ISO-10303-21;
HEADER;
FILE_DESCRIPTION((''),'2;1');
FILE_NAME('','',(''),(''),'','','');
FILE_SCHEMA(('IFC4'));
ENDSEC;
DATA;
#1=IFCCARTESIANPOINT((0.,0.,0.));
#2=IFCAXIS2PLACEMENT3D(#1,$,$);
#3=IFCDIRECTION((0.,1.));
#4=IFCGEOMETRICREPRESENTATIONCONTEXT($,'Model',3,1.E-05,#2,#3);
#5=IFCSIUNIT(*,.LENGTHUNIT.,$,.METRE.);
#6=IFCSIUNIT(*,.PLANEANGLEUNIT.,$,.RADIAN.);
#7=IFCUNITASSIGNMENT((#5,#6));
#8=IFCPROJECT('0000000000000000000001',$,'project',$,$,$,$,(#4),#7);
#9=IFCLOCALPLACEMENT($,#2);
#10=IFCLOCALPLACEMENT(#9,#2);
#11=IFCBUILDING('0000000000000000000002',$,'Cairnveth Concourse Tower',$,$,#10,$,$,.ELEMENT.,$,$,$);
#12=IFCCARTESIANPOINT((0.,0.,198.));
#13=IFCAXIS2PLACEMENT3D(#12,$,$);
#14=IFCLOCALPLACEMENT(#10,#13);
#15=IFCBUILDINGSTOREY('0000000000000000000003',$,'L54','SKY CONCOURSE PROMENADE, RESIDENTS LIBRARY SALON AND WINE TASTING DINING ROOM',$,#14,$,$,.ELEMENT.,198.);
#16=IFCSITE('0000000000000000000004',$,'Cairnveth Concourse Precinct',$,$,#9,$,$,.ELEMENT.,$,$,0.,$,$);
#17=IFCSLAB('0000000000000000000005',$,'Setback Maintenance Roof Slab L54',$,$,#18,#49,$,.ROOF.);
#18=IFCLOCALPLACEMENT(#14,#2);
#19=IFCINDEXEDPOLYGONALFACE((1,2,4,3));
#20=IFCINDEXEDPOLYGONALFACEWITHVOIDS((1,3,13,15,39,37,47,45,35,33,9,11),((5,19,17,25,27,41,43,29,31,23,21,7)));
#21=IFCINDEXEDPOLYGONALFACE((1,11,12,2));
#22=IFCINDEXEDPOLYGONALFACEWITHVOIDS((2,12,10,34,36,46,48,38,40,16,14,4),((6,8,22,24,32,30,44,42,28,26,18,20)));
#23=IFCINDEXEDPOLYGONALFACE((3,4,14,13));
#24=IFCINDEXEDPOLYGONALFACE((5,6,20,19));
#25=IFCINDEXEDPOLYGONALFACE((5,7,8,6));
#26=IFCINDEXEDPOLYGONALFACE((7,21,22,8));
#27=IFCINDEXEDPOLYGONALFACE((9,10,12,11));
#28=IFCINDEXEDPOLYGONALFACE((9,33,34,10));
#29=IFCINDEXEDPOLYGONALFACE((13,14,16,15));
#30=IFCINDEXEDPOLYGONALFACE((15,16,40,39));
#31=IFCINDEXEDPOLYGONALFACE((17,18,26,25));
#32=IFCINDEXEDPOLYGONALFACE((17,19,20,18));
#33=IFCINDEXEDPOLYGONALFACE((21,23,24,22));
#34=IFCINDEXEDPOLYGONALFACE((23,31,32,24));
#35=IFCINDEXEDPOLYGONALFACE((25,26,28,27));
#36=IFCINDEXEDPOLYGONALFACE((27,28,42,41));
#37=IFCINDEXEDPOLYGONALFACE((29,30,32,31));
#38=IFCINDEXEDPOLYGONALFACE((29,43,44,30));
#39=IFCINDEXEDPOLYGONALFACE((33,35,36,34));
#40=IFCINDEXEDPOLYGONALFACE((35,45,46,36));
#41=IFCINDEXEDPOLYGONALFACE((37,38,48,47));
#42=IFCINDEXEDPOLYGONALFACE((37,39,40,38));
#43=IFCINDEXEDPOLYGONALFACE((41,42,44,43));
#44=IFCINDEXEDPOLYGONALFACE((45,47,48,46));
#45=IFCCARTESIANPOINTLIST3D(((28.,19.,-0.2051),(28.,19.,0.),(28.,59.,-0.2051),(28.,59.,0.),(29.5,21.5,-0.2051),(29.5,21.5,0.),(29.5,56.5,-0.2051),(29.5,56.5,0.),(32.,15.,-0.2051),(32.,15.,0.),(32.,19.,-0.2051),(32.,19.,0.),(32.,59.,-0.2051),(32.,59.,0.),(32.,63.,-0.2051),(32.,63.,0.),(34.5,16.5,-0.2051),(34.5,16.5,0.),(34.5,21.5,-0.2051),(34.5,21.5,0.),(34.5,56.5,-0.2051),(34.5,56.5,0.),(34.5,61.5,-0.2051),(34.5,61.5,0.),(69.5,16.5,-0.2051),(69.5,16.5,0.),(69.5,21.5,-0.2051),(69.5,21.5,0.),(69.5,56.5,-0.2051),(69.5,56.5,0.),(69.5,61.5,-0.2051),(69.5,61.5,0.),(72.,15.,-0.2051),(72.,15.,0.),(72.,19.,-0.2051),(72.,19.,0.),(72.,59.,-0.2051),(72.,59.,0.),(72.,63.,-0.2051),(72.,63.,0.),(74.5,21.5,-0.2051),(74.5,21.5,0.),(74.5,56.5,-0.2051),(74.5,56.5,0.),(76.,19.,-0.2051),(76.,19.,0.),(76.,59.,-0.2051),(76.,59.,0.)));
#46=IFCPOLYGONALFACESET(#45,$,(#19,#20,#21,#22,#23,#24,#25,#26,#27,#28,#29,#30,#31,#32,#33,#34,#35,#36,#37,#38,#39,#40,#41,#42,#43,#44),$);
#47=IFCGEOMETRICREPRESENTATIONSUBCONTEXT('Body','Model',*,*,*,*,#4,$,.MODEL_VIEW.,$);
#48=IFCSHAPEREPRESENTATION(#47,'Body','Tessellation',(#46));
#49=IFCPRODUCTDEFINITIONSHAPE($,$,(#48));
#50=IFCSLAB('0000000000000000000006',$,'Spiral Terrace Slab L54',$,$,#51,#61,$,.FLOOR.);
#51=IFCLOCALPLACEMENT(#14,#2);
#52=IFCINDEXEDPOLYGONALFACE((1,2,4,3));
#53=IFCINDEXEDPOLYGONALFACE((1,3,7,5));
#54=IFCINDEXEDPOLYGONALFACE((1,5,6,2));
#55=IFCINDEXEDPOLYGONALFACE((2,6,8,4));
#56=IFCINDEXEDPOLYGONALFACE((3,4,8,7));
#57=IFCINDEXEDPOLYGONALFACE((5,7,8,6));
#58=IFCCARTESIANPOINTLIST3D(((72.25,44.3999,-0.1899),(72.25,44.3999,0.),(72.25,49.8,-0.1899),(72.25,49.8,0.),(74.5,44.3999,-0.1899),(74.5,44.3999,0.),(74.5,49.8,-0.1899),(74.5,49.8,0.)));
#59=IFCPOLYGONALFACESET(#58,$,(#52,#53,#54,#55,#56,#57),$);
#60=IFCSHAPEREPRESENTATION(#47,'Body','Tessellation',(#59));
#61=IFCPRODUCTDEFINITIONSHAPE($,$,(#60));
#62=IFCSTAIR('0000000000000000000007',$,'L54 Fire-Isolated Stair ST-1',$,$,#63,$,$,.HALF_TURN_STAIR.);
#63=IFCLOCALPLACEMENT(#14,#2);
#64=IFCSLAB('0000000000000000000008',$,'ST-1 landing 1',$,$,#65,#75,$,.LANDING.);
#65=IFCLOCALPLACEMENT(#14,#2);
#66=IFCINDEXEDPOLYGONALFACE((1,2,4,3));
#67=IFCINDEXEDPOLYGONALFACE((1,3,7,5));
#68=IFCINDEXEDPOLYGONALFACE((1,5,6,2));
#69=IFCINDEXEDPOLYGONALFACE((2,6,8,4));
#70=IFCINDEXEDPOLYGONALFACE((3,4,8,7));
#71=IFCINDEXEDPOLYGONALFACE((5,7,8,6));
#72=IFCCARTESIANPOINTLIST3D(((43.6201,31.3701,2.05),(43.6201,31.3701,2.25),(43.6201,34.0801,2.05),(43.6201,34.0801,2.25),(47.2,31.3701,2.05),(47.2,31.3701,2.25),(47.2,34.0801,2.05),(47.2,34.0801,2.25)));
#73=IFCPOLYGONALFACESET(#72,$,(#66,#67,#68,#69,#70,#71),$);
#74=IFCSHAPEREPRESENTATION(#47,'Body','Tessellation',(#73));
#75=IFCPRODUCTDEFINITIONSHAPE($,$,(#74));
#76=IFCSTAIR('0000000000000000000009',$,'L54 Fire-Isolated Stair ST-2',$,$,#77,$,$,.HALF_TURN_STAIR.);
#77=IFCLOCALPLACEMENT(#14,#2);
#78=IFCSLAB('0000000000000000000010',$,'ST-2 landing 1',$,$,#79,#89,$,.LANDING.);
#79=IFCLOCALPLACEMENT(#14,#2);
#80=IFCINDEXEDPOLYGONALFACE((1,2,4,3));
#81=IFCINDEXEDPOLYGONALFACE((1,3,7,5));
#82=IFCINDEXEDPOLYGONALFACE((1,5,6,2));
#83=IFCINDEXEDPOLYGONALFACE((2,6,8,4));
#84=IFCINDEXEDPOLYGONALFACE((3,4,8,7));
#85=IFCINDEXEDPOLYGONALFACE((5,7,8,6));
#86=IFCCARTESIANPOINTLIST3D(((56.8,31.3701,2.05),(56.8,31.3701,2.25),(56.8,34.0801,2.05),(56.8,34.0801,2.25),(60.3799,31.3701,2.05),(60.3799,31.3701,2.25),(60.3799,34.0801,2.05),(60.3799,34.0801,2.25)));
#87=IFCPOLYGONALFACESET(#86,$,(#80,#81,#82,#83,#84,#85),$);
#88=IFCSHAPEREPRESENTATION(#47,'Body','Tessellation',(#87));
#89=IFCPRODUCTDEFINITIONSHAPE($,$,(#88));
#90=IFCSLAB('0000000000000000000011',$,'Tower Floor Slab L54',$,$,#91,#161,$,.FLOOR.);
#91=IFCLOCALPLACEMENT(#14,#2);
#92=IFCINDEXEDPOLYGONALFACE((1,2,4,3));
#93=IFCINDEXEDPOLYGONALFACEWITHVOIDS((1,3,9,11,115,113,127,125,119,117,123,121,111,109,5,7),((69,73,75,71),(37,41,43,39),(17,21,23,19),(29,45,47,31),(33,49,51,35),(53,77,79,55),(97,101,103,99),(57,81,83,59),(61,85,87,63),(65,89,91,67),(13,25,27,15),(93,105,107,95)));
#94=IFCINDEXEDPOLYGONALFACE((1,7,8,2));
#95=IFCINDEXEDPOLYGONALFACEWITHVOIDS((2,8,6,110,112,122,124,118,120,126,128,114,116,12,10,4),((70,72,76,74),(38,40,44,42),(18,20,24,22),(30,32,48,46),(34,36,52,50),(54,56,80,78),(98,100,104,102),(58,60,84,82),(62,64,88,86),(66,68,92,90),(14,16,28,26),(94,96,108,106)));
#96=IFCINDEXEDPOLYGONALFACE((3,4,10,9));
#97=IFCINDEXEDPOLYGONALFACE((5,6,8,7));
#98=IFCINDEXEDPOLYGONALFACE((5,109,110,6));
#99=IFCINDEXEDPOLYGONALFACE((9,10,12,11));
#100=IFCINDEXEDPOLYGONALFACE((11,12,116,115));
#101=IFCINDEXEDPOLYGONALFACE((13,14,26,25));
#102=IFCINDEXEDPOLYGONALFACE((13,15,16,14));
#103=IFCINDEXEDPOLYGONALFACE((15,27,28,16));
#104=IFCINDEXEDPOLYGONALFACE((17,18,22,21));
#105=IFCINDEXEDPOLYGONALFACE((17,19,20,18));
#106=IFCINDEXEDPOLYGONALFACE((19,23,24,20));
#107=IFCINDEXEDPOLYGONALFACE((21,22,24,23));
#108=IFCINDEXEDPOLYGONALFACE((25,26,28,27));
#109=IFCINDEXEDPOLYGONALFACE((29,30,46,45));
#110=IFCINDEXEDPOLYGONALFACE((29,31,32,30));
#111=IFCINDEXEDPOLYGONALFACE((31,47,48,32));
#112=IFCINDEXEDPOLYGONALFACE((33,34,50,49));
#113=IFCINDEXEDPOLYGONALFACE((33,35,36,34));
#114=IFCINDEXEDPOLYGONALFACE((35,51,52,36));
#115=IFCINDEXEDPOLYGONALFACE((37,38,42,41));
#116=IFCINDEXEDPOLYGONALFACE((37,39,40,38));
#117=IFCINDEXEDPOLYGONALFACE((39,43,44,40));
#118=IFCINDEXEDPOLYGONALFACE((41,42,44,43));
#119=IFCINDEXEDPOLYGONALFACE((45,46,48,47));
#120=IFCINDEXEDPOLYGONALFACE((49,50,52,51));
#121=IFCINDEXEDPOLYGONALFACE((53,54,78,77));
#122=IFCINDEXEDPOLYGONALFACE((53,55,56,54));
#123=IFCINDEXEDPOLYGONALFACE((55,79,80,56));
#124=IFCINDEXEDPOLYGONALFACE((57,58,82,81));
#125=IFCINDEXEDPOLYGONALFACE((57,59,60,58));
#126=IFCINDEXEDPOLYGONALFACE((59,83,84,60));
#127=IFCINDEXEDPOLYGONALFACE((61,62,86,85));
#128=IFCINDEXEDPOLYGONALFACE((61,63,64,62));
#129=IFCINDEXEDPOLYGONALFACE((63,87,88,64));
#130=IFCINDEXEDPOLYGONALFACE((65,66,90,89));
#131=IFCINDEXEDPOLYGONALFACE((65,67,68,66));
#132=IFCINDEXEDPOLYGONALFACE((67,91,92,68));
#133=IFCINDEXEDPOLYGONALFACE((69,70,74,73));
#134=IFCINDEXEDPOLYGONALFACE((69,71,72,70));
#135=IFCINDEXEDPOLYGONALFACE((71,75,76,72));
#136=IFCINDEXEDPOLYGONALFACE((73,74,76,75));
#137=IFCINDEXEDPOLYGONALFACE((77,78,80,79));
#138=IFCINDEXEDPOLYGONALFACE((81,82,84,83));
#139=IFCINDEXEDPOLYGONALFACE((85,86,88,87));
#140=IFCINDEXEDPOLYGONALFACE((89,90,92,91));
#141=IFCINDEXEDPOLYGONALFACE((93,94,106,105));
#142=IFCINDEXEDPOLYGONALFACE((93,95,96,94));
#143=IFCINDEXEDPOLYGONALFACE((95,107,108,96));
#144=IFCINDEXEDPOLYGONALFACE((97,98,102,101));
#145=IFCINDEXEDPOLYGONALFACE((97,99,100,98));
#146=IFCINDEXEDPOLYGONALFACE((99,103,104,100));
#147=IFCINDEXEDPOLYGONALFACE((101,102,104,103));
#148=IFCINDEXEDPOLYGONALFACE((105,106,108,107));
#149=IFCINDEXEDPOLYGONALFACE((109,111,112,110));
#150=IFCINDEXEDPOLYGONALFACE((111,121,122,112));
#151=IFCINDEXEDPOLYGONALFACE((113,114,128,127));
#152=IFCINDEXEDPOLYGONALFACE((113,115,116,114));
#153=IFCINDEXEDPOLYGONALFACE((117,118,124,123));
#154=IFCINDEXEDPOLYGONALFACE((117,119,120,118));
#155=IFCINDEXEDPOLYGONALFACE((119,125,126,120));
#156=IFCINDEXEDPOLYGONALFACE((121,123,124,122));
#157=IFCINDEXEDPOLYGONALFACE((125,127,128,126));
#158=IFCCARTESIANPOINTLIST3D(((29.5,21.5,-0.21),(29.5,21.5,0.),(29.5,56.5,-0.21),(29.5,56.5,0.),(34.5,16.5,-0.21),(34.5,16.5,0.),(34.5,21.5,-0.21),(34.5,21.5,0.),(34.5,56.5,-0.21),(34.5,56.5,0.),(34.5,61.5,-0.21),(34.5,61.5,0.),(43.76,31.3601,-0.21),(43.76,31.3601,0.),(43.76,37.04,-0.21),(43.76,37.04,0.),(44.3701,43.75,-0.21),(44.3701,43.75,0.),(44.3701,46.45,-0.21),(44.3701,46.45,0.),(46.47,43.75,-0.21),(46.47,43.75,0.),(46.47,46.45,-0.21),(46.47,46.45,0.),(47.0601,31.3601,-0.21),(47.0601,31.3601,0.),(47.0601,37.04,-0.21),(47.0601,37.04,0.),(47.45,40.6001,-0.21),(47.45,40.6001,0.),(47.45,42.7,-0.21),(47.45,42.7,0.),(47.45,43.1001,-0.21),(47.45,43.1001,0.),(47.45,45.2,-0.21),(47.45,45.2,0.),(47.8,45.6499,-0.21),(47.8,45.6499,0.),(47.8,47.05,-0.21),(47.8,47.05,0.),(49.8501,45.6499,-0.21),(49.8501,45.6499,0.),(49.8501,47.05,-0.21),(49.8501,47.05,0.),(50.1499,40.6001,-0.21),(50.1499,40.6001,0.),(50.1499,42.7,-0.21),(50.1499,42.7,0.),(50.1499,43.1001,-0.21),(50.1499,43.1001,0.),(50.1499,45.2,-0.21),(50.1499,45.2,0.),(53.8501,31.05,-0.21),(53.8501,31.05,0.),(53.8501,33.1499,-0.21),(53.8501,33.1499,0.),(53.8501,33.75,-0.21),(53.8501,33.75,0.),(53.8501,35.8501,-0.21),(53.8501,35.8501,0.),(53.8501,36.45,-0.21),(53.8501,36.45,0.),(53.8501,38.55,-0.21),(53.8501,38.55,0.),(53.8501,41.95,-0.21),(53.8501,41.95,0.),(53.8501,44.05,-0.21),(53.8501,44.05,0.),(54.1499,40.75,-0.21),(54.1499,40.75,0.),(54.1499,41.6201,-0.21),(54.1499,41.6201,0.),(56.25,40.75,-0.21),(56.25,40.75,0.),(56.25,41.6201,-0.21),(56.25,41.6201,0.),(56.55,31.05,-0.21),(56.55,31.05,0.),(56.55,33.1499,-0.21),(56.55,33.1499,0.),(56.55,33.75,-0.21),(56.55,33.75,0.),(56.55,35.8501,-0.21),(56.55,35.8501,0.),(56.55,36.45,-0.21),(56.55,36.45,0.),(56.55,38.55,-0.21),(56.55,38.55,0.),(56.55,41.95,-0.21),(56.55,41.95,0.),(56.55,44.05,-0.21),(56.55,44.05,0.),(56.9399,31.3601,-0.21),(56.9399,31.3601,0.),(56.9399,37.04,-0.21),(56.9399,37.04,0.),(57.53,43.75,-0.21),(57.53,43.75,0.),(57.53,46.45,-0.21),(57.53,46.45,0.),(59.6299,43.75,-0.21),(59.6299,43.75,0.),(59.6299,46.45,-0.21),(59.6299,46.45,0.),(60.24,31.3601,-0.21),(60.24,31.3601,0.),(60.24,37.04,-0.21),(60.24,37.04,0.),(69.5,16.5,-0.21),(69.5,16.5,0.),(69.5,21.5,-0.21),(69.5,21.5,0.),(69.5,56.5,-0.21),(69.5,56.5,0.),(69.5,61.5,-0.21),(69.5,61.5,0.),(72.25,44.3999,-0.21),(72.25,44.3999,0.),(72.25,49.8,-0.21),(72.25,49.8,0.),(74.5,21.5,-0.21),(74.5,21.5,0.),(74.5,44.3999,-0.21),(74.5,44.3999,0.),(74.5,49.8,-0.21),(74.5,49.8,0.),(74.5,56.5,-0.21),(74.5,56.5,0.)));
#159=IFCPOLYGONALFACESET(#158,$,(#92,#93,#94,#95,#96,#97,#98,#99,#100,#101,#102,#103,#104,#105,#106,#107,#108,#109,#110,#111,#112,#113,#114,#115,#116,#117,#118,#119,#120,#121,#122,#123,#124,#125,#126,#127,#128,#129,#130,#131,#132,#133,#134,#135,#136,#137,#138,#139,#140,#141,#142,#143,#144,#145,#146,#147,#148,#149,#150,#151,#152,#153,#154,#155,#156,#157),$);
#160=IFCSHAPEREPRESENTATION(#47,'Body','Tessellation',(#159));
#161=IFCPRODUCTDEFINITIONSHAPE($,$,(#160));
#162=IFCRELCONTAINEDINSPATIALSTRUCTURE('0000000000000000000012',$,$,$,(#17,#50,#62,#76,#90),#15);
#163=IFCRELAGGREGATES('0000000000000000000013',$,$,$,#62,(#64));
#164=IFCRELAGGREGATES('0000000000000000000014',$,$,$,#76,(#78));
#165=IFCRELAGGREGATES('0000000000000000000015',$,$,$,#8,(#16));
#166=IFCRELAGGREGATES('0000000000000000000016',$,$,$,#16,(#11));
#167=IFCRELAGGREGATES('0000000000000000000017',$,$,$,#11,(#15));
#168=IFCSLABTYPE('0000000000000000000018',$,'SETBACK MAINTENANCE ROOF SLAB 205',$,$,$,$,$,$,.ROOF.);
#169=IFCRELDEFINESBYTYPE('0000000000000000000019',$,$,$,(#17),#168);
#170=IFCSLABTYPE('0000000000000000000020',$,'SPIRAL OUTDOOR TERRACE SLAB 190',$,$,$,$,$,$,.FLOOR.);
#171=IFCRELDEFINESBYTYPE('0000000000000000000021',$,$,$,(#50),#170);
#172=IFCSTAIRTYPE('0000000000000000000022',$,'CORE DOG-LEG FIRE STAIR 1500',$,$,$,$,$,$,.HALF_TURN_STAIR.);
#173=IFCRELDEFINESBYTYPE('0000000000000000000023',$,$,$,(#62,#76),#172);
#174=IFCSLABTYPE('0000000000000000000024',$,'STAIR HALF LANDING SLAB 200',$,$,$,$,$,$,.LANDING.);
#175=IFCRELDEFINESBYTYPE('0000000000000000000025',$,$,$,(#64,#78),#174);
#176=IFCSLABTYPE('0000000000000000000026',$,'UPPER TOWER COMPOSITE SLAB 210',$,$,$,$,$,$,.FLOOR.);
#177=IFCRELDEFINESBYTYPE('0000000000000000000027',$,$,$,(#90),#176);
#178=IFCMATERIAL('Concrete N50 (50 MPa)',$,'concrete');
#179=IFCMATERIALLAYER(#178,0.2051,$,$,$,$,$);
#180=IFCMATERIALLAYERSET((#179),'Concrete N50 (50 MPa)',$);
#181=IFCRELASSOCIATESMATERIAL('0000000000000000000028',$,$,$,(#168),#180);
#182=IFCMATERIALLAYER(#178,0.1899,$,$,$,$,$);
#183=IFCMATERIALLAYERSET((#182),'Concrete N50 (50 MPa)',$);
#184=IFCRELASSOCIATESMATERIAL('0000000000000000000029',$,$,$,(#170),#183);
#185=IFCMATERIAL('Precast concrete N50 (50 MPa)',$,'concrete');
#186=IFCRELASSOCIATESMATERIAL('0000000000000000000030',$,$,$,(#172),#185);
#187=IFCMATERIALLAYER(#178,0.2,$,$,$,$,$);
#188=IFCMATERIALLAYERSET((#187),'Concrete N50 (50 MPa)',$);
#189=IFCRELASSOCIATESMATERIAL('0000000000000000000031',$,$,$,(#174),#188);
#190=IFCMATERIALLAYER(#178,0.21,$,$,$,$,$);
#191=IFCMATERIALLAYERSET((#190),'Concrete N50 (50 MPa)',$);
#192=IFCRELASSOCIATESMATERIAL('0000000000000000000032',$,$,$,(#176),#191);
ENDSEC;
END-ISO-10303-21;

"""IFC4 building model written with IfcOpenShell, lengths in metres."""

from ifc_helpers import new_model, si_unit, direction, frame, origin, place, context, subcontext, project, spatial, polyline, outline, extrude, material, layer, layer_set, type_object, element, aggregate, save


model = new_model("IFC4")

# Units and contexts
model_context = context("Model", 3, precision=1e-05, world=origin(), true_north=direction((0.0, 1.0)))
body_context = subcontext(model_context, "Body", "Model", "MODEL_VIEW")
ifc_project = project(units=[si_unit("LENGTHUNIT", "METRE"), si_unit("PLANEANGLEUNIT", "RADIAN")], contexts=[model_context])

# Site, building, storey
site_placement = place(None, origin())
site = spatial("IfcSite", under=ifc_project, at=site_placement, Name="Cairnveth Concourse Precinct", CompositionType="ELEMENT", RefElevation=0.0)
building_placement = place(site_placement, origin())
building = spatial("IfcBuilding", under=site, at=building_placement, Name="Cairnveth Concourse Tower", CompositionType="ELEMENT")
storey_placement = place(building_placement, frame((0.0, 0.0, 198.0)))
storey = spatial("IfcBuildingStorey", under=building, at=storey_placement, Name="L54", Description="SKY CONCOURSE PROMENADE, RESIDENTS LIBRARY SALON AND WINE TASTING DINING ROOM", CompositionType="ELEMENT", Elevation=198.0)

# Slabs
ifc_material_1 = material(Name="Concrete N50 (50 MPa)", Category="concrete")
ifc_layer_1 = layer(ifc_material_1, 0.2051)
ifc_layer_set_1 = layer_set([ifc_layer_1], Name="Concrete N50 (50 MPa)")
slab_type_1 = type_object("IfcSlabType", Name="SETBACK MAINTENANCE ROOF SLAB 205", PredefinedType="ROOF", material=ifc_layer_set_1)
slab_1_placement = place(storey_placement, frame((0.0, 0.0, -0.2051)))
element("IfcSlab", 1, at=slab_1_placement, inside=storey, type_object=slab_type_1, Name="Setback Maintenance Roof Slab L54", PredefinedType="ROOF", context=body_context, shape_type="SweptSolid", body=[
    extrude(outline(polyline([(32.0, 15.0), (72.0, 15.0), (72.0, 19.0), (76.0, 19.0), (76.0, 59.0), (72.0, 59.0), (72.0, 63.0), (32.0, 63.0), (32.0, 59.0), (28.0, 59.0), (28.0, 19.0), (32.0, 19.0), (32.0, 15.0)]), holes=[polyline([(34.5, 16.5), (69.5, 16.5), (69.5, 21.5), (74.5, 21.5), (74.5, 56.5), (69.5, 56.5), (69.5, 61.5), (34.5, 61.5), (34.5, 56.5), (29.5, 56.5), (29.5, 21.5), (34.5, 21.5), (34.5, 16.5)])]), origin(), (0.0, 0.0, 1.0), 0.2051),
])
ifc_layer_2 = layer(ifc_material_1, 0.1899)
ifc_layer_set_2 = layer_set([ifc_layer_2], Name="Concrete N50 (50 MPa)")
slab_type_2 = type_object("IfcSlabType", Name="SPIRAL OUTDOOR TERRACE SLAB 190", PredefinedType="FLOOR", material=ifc_layer_set_2)
slab_2_placement = place(storey_placement, frame((0.0, 0.0, -0.1899)))
element("IfcSlab", 2, at=slab_2_placement, inside=storey, type_object=slab_type_2, Name="Spiral Terrace Slab L54", PredefinedType="FLOOR", context=body_context, shape_type="SweptSolid", body=[
    extrude(outline(polyline([(72.25, 44.3999), (74.5, 44.3999), (74.5, 49.8), (72.25, 49.8), (72.25, 44.3999)])), origin(), (0.0, 0.0, 1.0), 0.1899),
])

# Stairs, slabs
ifc_material_2 = material(Name="Precast concrete N50 (50 MPa)", Category="concrete")
stair_type = type_object("IfcStairType", Name="CORE DOG-LEG FIRE STAIR 1500", PredefinedType="HALF_TURN_STAIR", material=ifc_material_2)
stair_1_placement = place(storey_placement, origin())
stair_1 = element("IfcStair", 3, at=stair_1_placement, inside=storey, type_object=stair_type, Name="L54 Fire-Isolated Stair ST-1", PredefinedType="HALF_TURN_STAIR")
ifc_layer_3 = layer(ifc_material_1, 0.2)
ifc_layer_set_3 = layer_set([ifc_layer_3], Name="Concrete N50 (50 MPa)")
slab_type_3 = type_object("IfcSlabType", Name="STAIR HALF LANDING SLAB 200", PredefinedType="LANDING", material=ifc_layer_set_3)
slab_3_placement = place(storey_placement, frame((0.0, 0.0, 2.05)))
slab_3 = element("IfcSlab", 4, at=slab_3_placement, type_object=slab_type_3, Name="ST-1 landing 1", PredefinedType="LANDING", context=body_context, shape_type="SweptSolid", body=[
    extrude(outline(polyline([(43.6201, 34.0801), (43.6201, 31.3701), (47.2, 31.3701), (47.2, 34.0801), (43.6201, 34.0801)])), origin(), (0.0, 0.0, 1.0), 0.2),
])
aggregate(stair_1, [slab_3])
stair_2_placement = place(storey_placement, origin())
stair_2 = element("IfcStair", 5, at=stair_2_placement, inside=storey, type_object=stair_type, Name="L54 Fire-Isolated Stair ST-2", PredefinedType="HALF_TURN_STAIR")
slab_4_placement = place(storey_placement, frame((0.0, 0.0, 2.05)))
slab_4 = element("IfcSlab", 6, at=slab_4_placement, type_object=slab_type_3, Name="ST-2 landing 1", PredefinedType="LANDING", context=body_context, shape_type="SweptSolid", body=[
    extrude(outline(polyline([(56.8, 34.0801), (56.8, 31.3701), (60.3799, 31.3701), (60.3799, 34.0801), (56.8, 34.0801)])), origin(), (0.0, 0.0, 1.0), 0.2),
])
aggregate(stair_2, [slab_4])

# Slab
ifc_layer_4 = layer(ifc_material_1, 0.21)
ifc_layer_set_4 = layer_set([ifc_layer_4], Name="Concrete N50 (50 MPa)")
slab_type_4 = type_object("IfcSlabType", Name="UPPER TOWER COMPOSITE SLAB 210", PredefinedType="FLOOR", material=ifc_layer_set_4)
slab_5_placement = place(storey_placement, frame((0.0, 0.0, -0.21)))
element("IfcSlab", 7, at=slab_5_placement, inside=storey, type_object=slab_type_4, Name="Tower Floor Slab L54", PredefinedType="FLOOR", context=body_context, shape_type="SweptSolid", body=[
    extrude(outline(polyline([(74.5, 44.3999), (72.25, 44.3999), (72.25, 49.8), (74.5, 49.8), (74.5, 56.5), (69.5, 56.5), (69.5, 61.5), (34.5, 61.5), (34.5, 56.5), (29.5, 56.5), (29.5, 21.5), (34.5, 21.5), (34.5, 16.5), (69.5, 16.5), (69.5, 21.5), (74.5, 21.5), (74.5, 44.3999)]), holes=[polyline([(43.76, 31.3601), (47.0601, 31.3601), (47.0601, 37.04), (43.76, 37.04), (43.76, 31.3601)]), polyline([(56.9399, 31.3601), (60.24, 31.3601), (60.24, 37.04), (56.9399, 37.04), (56.9399, 31.3601)]), polyline([(44.3701, 43.75), (46.47, 43.75), (46.47, 46.45), (44.3701, 46.45), (44.3701, 43.75)]), polyline([(57.53, 43.75), (59.6299, 43.75), (59.6299, 46.45), (57.53, 46.45), (57.53, 43.75)]), polyline([(53.8501, 31.05), (56.55, 31.05), (56.55, 33.1499), (53.8501, 33.1499), (53.8501, 31.05)]), polyline([(53.8501, 33.75), (56.55, 33.75), (56.55, 35.8501), (53.8501, 35.8501), (53.8501, 33.75)]), polyline([(53.8501, 36.45), (56.55, 36.45), (56.55, 38.55), (53.8501, 38.55), (53.8501, 36.45)]), polyline([(47.45, 40.6001), (50.1499, 40.6001), (50.1499, 42.7), (47.45, 42.7), (47.45, 40.6001)]), polyline([(47.45, 43.1001), (50.1499, 43.1001), (50.1499, 45.2), (47.45, 45.2), (47.45, 43.1001)]), polyline([(53.8501, 41.95), (56.55, 41.95), (56.55, 44.05), (53.8501, 44.05), (53.8501, 41.95)]), polyline([(47.8, 45.6499), (49.8501, 45.6499), (49.8501, 47.05), (47.8, 47.05), (47.8, 45.6499)]), polyline([(54.1499, 40.75), (56.25, 40.75), (56.25, 41.6201), (54.1499, 41.6201), (54.1499, 40.75)])]), origin(), (0.0, 0.0, 1.0), 0.21),
])

save(model, "model.ifc")
